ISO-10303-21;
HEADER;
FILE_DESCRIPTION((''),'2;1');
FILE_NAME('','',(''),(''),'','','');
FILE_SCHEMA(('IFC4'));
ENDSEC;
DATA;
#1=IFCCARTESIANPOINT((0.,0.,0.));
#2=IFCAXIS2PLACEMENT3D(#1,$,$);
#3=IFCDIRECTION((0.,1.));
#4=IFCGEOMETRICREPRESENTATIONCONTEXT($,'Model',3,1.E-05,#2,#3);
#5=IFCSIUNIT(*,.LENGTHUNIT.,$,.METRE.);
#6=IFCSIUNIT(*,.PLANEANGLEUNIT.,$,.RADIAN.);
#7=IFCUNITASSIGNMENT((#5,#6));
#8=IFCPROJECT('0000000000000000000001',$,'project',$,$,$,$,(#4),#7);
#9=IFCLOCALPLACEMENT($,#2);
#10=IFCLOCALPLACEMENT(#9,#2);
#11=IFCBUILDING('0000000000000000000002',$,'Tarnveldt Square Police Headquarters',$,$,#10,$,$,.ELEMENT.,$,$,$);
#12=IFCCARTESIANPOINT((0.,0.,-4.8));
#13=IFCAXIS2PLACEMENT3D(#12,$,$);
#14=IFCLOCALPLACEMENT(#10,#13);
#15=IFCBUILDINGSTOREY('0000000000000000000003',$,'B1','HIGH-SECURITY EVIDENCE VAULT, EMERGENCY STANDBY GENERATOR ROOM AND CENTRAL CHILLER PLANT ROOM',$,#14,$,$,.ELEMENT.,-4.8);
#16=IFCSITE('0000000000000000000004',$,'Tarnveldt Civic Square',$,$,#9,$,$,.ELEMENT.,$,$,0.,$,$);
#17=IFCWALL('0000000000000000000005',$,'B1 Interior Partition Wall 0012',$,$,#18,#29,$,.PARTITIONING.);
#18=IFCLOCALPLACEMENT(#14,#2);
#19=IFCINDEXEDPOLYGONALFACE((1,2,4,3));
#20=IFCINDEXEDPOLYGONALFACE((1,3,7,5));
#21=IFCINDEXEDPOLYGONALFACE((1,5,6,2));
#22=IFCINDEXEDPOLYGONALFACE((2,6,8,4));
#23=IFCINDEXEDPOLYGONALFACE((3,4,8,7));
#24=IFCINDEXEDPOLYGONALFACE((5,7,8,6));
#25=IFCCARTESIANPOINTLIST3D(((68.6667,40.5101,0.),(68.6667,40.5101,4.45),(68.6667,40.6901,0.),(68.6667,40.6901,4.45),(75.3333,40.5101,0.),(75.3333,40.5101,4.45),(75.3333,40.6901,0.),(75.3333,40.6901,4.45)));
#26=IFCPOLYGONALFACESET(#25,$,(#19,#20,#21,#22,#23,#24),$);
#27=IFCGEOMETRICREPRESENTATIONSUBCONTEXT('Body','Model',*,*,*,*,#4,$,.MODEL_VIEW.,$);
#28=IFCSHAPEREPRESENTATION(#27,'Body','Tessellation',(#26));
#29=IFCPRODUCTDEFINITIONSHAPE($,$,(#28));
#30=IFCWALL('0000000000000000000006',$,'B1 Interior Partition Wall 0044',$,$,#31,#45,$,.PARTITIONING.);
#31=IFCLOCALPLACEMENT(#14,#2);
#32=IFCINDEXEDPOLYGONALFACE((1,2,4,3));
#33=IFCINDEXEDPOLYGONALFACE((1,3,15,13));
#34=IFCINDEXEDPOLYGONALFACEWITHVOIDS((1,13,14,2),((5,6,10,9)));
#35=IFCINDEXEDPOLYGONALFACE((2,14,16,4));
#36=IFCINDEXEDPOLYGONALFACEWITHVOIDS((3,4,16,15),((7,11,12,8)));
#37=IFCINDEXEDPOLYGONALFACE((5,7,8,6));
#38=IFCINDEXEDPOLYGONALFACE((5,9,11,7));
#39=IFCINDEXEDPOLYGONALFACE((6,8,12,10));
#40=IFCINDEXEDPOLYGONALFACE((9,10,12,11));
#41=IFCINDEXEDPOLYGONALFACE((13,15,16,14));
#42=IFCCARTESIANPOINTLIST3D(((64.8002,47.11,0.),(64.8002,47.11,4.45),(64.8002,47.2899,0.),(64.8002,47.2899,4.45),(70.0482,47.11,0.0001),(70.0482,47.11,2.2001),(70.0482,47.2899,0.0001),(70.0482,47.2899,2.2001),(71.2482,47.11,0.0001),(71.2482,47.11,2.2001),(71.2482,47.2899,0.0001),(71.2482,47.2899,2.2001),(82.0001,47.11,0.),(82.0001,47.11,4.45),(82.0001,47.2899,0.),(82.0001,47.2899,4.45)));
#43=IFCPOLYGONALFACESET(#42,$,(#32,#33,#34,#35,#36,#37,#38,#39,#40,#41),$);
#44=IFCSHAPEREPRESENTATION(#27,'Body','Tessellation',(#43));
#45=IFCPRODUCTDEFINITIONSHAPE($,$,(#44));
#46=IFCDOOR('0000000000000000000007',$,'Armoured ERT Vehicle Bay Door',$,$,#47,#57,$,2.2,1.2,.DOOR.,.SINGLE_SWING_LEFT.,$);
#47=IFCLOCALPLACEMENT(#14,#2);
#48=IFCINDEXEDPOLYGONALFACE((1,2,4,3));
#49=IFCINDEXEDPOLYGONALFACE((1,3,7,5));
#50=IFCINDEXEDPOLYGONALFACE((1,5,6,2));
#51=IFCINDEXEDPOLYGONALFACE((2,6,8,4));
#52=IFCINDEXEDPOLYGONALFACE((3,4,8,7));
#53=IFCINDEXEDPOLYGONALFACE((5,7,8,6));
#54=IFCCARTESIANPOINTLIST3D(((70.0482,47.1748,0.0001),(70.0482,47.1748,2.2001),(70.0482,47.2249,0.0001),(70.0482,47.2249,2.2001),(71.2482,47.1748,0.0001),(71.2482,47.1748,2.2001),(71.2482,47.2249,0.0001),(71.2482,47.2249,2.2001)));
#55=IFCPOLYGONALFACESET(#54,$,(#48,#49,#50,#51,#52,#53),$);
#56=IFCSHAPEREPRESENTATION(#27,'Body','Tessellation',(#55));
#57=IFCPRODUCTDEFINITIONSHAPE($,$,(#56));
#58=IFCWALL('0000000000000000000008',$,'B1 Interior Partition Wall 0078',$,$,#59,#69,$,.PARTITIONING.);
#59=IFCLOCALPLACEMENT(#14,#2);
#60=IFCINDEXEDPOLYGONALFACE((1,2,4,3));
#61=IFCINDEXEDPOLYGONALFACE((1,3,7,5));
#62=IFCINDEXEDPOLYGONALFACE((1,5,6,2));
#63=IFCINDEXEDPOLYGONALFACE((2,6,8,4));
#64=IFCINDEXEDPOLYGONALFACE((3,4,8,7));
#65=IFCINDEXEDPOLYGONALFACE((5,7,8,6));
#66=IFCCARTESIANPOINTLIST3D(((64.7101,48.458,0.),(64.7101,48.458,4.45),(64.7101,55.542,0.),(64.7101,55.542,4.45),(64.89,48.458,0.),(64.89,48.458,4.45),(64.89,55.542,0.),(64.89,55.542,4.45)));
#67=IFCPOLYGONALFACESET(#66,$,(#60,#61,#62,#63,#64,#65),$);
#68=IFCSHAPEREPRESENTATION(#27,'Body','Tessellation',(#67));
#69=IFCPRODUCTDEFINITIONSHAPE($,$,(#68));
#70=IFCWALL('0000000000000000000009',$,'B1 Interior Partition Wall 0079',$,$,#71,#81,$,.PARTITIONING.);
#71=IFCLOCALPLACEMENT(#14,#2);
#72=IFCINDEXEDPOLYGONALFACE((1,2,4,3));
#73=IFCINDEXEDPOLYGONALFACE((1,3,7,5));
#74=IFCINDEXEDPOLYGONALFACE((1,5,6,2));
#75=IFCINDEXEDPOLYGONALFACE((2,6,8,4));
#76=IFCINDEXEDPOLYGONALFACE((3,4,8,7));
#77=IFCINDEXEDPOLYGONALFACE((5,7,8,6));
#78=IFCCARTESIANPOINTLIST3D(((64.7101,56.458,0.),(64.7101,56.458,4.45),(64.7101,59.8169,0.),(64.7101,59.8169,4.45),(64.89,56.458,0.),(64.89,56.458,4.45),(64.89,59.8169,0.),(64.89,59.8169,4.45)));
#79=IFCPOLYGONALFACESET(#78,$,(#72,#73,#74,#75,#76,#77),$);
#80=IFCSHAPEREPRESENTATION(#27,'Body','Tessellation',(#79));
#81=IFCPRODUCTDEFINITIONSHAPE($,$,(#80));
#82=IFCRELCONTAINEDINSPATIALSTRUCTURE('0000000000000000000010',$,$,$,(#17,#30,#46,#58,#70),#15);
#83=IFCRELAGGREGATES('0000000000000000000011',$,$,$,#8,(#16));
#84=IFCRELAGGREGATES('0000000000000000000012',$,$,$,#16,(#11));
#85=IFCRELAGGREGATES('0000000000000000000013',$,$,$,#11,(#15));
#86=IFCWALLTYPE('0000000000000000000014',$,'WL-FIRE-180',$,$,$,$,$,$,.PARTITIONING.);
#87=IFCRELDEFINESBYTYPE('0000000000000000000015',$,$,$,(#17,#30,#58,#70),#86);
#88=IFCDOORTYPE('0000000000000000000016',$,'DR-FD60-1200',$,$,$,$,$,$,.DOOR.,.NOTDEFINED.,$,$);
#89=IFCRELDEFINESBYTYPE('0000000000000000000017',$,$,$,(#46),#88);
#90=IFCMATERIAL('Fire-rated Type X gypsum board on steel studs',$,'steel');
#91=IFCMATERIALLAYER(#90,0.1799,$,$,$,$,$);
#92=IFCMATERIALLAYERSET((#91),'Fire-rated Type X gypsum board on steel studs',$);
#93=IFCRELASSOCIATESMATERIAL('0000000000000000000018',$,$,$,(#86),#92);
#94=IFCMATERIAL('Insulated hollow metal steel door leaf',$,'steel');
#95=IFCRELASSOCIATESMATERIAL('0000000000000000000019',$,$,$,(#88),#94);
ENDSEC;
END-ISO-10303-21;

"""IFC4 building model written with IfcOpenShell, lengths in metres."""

from ifc_helpers import new_model, si_unit, direction, frame, frame_2d, origin, place, context, subcontext, project, spatial, rectangle, extrude, material, layer, layer_set, type_object, element, fill, save


model = new_model("IFC4")

# Units and contexts
model_context = context("Model", 3, precision=1e-05, world=origin(), true_north=direction((0.0, 1.0)))
body_context = subcontext(model_context, "Body", "Model", "MODEL_VIEW")
ifc_project = project(units=[si_unit("LENGTHUNIT", "METRE"), si_unit("PLANEANGLEUNIT", "RADIAN")], contexts=[model_context])

# Site, building, storey
site_placement = place(None, origin())
site = spatial("IfcSite", under=ifc_project, at=site_placement, Name="Tarnveldt Civic Square", CompositionType="ELEMENT", RefElevation=0.0)
building_placement = place(site_placement, origin())
building = spatial("IfcBuilding", under=site, at=building_placement, Name="Tarnveldt Square Police Headquarters", CompositionType="ELEMENT")
storey_placement = place(building_placement, frame((0.0, 0.0, -4.8)))
storey = spatial("IfcBuildingStorey", under=building, at=storey_placement, Name="B1", Description="HIGH-SECURITY EVIDENCE VAULT, EMERGENCY STANDBY GENERATOR ROOM AND CENTRAL CHILLER PLANT ROOM", CompositionType="ELEMENT", Elevation=-4.8)

# Wall
ifc_material_1 = material(Name="Fire-rated Type X gypsum board on steel studs", Category="steel")
ifc_layer_1 = layer(ifc_material_1, 0.1799)
ifc_layer_set_1 = layer_set([ifc_layer_1], Name="Fire-rated Type X gypsum board on steel studs")
wall_type_1 = type_object("IfcWallType", Name="WL-FIRE-180", PredefinedType="PARTITIONING", material=ifc_layer_set_1)
wall_1_placement = place(storey_placement, frame((68.6667, 40.6001, 0.0), z_axis=(0.0, 0.0, 1.0), x_axis=(1.0, 0.0, 0.0)))
element("IfcWall", 1, at=wall_1_placement, inside=storey, type_object=wall_type_1, Name="B1 Interior Partition Wall 0012", PredefinedType="PARTITIONING", context=body_context, shape_type="SweptSolid", body=[
    extrude(rectangle(XDim=6.6665, YDim=0.1799, at=frame_2d((3.3333, 0.0))), origin(), (0.0, 0.0, 1.0), 4.45),
])

# Wall, opening, door
wall_2_placement = place(storey_placement, frame((64.8, 47.2, 0.0), z_axis=(0.0, 0.0, 1.0), x_axis=(1.0, 0.0, 0.0)))
wall_2 = element("IfcWall", 2, at=wall_2_placement, inside=storey, type_object=wall_type_1, Name="B1 Interior Partition Wall 0044", PredefinedType="PARTITIONING", context=body_context, shape_type="SweptSolid", body=[
    extrude(rectangle(XDim=17.2, YDim=0.1799, at=frame_2d((8.6001, 0.0))), origin(), (0.0, 0.0, 1.0), 4.45),
])
opening_placement = place(wall_2_placement, frame((5.248, 0.0, 0.0)))
opening = element("IfcOpeningElement", 3, at=opening_placement, cuts=wall_2, PredefinedType="OPENING", context=body_context, shape_type="SweptSolid", body=[
    extrude(rectangle(XDim=1.2, YDim=2.2, at=frame_2d((0.6001, 1.1001))), frame((0.0, 0.0999, 0.0), z_axis=(0.0, -1.0, 0.0), x_axis=(1.0, 0.0, 0.0)), (0.0, 0.0, 1.0), 0.2),
])
ifc_material_2 = material(Name="Insulated hollow metal steel door leaf", Category="steel")
door_type = type_object("IfcDoorType", Name="DR-FD60-1200", OperationType="NOTDEFINED", PredefinedType="DOOR", material=ifc_material_2)
door_placement = place(opening_placement, origin())
door = element("IfcDoor", 4, at=door_placement, inside=storey, type_object=door_type, Name="Armoured ERT Vehicle Bay Door", OperationType="SINGLE_SWING_LEFT", OverallHeight=2.2, OverallWidth=1.2, PredefinedType="DOOR", context=body_context, shape_type="SweptSolid", body=[
    extrude(rectangle(XDim=1.2, YDim=2.2, at=frame_2d((0.6001, 1.1001))), frame((0.0, 0.0249, 0.0), z_axis=(0.0, -1.0, 0.0), x_axis=(1.0, 0.0, 0.0)), (0.0, 0.0, 1.0), 0.05),
])
fill(opening, door)

# Walls
wall_3_placement = place(storey_placement, frame((64.8, 48.458, 0.0), z_axis=(0.0, 0.0, 1.0), x_axis=(0.0, 1.0, 0.0)))
element("IfcWall", 5, at=wall_3_placement, inside=storey, type_object=wall_type_1, Name="B1 Interior Partition Wall 0078", PredefinedType="PARTITIONING", context=body_context, shape_type="SweptSolid", body=[
    extrude(rectangle(XDim=7.084, YDim=0.1799, at=frame_2d((3.542, 0.0))), origin(), (0.0, 0.0, 1.0), 4.45),
])
wall_4_placement = place(storey_placement, frame((64.8, 56.458, 0.0), z_axis=(0.0, 0.0, 1.0), x_axis=(0.0, 1.0, 0.0)))
element("IfcWall", 6, at=wall_4_placement, inside=storey, type_object=wall_type_1, Name="B1 Interior Partition Wall 0079", PredefinedType="PARTITIONING", context=body_context, shape_type="SweptSolid", body=[
    extrude(rectangle(XDim=3.3589, YDim=0.1799, at=frame_2d((1.6794, 0.0))), origin(), (0.0, 0.0, 1.0), 4.45),
])

save(model, "model.ifc")
